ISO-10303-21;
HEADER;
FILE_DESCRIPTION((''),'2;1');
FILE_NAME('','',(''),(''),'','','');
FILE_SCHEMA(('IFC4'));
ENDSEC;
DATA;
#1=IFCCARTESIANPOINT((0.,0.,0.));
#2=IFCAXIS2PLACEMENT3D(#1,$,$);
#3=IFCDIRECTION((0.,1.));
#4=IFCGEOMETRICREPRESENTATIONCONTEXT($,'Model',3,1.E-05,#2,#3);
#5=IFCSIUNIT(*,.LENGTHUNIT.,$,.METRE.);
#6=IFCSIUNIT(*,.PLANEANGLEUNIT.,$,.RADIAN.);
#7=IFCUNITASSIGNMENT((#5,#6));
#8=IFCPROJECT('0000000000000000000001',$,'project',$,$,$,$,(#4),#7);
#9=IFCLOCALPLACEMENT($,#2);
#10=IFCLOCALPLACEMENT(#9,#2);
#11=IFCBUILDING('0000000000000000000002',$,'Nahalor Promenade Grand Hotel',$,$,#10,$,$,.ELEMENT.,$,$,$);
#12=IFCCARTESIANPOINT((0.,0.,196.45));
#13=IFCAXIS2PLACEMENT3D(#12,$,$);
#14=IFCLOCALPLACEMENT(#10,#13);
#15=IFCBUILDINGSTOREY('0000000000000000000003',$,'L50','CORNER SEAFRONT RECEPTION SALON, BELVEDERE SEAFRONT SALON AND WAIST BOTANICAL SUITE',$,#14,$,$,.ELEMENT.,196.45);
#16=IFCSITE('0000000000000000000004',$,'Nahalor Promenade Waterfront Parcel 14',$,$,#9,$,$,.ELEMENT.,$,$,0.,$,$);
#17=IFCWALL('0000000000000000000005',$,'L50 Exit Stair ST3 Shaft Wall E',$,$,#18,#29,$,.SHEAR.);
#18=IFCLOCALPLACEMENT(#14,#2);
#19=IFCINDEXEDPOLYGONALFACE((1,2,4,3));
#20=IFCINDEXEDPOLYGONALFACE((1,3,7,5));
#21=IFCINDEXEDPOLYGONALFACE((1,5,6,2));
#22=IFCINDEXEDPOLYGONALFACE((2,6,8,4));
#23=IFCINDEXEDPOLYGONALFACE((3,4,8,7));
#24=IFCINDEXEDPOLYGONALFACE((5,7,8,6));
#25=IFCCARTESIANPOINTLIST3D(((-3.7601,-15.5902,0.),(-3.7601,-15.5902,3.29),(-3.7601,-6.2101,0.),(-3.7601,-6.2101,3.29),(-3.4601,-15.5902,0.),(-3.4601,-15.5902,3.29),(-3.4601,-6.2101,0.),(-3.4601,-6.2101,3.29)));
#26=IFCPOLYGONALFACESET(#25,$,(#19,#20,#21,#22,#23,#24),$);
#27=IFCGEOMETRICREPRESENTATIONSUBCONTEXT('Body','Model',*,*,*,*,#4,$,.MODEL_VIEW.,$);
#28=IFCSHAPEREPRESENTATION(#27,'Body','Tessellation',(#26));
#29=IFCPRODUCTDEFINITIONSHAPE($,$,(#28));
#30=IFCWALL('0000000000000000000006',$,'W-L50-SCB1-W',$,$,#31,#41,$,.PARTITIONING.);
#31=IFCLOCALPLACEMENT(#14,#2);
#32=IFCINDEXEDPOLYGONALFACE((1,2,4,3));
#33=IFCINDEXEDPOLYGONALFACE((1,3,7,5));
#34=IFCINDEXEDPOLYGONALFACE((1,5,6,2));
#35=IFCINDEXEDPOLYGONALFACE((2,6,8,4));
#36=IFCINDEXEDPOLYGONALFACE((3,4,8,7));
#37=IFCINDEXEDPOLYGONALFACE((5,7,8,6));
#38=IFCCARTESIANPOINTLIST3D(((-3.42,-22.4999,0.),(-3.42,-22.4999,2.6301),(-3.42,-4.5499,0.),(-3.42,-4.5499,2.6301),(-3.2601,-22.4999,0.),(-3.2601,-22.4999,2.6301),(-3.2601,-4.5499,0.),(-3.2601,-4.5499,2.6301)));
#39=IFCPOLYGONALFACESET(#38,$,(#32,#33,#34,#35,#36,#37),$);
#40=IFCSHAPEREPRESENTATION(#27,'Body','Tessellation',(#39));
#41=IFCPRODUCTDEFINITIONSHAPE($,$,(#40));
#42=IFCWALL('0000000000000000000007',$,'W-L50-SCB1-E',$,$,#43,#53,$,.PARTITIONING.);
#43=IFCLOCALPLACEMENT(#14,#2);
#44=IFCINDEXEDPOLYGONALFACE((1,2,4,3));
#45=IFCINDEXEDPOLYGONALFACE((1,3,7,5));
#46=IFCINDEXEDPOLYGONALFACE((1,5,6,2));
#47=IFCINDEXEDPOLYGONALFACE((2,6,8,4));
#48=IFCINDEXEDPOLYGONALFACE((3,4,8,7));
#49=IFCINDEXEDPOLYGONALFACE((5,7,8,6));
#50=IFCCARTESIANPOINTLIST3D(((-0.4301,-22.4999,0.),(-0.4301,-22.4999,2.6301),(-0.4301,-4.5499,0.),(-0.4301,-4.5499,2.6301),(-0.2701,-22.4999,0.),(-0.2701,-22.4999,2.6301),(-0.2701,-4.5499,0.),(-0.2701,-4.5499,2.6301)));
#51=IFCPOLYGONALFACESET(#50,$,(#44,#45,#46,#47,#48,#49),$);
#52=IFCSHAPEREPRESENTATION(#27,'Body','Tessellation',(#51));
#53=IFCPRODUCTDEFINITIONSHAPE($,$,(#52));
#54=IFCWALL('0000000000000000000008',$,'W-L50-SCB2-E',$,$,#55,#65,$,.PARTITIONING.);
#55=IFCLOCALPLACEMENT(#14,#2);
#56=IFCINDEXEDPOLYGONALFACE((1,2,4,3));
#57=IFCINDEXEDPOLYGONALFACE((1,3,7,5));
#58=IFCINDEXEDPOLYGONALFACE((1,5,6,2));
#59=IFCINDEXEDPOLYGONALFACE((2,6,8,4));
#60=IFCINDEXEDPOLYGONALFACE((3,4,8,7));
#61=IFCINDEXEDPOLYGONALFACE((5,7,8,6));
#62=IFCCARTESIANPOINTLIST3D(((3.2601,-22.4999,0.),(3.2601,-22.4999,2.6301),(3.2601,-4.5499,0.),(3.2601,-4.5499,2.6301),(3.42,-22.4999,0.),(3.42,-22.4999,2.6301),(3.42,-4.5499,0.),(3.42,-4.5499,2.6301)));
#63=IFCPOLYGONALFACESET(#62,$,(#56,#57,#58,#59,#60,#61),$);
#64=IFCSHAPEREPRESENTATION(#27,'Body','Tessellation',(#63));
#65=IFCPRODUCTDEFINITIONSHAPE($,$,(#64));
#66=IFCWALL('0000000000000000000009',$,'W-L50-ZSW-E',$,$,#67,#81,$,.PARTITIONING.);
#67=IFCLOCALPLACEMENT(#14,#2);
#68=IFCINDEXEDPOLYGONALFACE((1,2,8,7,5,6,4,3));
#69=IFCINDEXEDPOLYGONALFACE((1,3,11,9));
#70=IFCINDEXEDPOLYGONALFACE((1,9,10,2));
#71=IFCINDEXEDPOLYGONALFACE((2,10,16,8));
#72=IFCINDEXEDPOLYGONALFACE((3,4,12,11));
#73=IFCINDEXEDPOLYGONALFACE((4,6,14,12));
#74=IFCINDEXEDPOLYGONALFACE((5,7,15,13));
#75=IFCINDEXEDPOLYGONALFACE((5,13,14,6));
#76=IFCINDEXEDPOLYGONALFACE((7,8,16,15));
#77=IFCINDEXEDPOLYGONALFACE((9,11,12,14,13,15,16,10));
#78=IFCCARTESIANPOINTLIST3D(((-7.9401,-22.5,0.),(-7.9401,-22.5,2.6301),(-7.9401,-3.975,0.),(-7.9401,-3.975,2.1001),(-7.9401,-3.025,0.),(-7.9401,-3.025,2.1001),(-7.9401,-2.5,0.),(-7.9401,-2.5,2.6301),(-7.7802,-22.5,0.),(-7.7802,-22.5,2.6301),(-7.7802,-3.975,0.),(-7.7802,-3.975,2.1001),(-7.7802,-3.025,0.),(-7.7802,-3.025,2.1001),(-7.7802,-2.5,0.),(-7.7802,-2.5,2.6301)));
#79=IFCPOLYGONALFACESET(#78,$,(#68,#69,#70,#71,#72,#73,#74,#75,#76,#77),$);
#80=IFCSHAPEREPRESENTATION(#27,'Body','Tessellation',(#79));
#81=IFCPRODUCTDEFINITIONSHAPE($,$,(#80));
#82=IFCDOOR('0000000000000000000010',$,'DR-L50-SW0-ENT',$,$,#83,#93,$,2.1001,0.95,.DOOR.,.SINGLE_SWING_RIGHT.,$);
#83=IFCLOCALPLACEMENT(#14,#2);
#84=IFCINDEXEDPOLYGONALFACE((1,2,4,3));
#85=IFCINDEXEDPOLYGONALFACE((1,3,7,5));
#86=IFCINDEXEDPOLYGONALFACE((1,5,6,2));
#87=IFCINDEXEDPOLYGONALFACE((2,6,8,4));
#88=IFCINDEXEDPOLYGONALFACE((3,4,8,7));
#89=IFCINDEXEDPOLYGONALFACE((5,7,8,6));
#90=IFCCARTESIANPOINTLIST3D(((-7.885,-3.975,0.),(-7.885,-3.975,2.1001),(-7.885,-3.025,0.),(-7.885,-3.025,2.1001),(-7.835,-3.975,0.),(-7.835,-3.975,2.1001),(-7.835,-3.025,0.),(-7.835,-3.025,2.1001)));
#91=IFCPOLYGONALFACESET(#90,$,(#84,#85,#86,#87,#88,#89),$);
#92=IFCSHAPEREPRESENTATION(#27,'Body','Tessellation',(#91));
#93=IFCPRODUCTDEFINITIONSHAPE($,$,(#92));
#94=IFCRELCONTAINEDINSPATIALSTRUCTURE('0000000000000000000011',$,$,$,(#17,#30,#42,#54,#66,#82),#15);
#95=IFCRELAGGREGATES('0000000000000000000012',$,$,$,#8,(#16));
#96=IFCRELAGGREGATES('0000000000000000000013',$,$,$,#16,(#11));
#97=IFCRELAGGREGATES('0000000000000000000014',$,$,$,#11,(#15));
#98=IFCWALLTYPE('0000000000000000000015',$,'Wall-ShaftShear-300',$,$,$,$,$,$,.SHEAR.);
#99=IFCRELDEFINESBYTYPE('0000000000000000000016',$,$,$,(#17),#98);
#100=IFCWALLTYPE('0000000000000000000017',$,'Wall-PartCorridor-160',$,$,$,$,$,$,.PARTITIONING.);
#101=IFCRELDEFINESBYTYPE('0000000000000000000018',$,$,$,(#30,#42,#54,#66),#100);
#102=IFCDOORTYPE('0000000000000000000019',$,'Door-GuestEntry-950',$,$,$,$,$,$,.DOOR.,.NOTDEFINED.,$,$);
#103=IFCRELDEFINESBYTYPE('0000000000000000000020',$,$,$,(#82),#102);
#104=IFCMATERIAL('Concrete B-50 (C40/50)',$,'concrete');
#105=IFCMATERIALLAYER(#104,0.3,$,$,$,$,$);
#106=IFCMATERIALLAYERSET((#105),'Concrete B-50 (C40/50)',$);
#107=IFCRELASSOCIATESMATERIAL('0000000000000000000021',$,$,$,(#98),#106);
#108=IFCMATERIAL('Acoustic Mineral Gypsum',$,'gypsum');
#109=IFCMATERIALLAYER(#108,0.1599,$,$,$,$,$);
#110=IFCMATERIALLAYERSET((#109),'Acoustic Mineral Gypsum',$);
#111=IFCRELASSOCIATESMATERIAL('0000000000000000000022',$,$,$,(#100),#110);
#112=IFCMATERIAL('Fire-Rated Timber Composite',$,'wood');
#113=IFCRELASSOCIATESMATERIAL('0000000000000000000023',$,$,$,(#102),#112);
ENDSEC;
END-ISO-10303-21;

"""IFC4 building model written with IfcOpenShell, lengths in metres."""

from ifc_helpers import new_model, si_unit, direction, frame, frame_2d, origin, place, context, subcontext, project, spatial, rectangle, extrude, source, transform, mapped, material, layer, layer_set, type_object, element, fill, save


model = new_model("IFC4")

# Units and contexts
model_context = context("Model", 3, precision=1e-05, world=origin(), true_north=direction((0.0, 1.0)))
body_context = subcontext(model_context, "Body", "Model", "MODEL_VIEW")
ifc_project = project(units=[si_unit("LENGTHUNIT", "METRE"), si_unit("PLANEANGLEUNIT", "RADIAN")], contexts=[model_context])

# Site, building, storey
site_placement = place(None, origin())
site = spatial("IfcSite", under=ifc_project, at=site_placement, Name="Nahalor Promenade Waterfront Parcel 14", CompositionType="ELEMENT", RefElevation=0.0)
building_placement = place(site_placement, origin())
building = spatial("IfcBuilding", under=site, at=building_placement, Name="Nahalor Promenade Grand Hotel", CompositionType="ELEMENT")
storey_placement = place(building_placement, frame((0.0, 0.0, 196.45)))
storey = spatial("IfcBuildingStorey", under=building, at=storey_placement, Name="L50", Description="CORNER SEAFRONT RECEPTION SALON, BELVEDERE SEAFRONT SALON AND WAIST BOTANICAL SUITE", CompositionType="ELEMENT", Elevation=196.45)

# Walls
ifc_material_1 = material(Name="Concrete B-50 (C40/50)", Category="concrete")
ifc_layer_1 = layer(ifc_material_1, 0.3)
ifc_layer_set_1 = layer_set([ifc_layer_1], Name="Concrete B-50 (C40/50)")
wall_type_1 = type_object("IfcWallType", Name="Wall-ShaftShear-300", PredefinedType="SHEAR", material=ifc_layer_set_1)
shared_shape_1 = source(origin(), body_context, "Body", "SweptSolid", [
    extrude(rectangle(XDim=9.3801, YDim=0.3, at=frame_2d((4.6899, 0.0))), origin(), (0.0, 0.0, 1.0), 3.29),
])
for number, where, z_axis, x_axis, name in (
    (1, (-3.6101, -15.5901, 0.0), (0.0, 0.0, 1.0), (0.0, 1.0, 0.0), "L50 Exit Stair ST3 Shaft Wall E"),
):
    element("IfcWall", number, at=place(storey_placement, frame(where, z_axis=z_axis, x_axis=x_axis)), inside=storey, type_object=wall_type_1, Name=name, PredefinedType="SHEAR", context=body_context, shape_type="MappedRepresentation", body=[
        mapped(shared_shape_1, transform((0.0, 0.0, 0.0), scale=1.0)),
    ])
ifc_material_2 = material(Name="Acoustic Mineral Gypsum", Category="gypsum")
ifc_layer_2 = layer(ifc_material_2, 0.1599)
ifc_layer_set_2 = layer_set([ifc_layer_2], Name="Acoustic Mineral Gypsum")
wall_type_2 = type_object("IfcWallType", Name="Wall-PartCorridor-160", PredefinedType="PARTITIONING", material=ifc_layer_set_2)
shared_shape_2 = source(origin(), body_context, "Body", "SweptSolid", [
    extrude(rectangle(XDim=17.95, YDim=0.1599, at=frame_2d((8.9751, 0.0))), origin(), (0.0, 0.0, 1.0), 2.6301),
])
for number, where, z_axis, x_axis, name in (
    (2, (-3.3401, -22.5, 0.0), (0.0, 0.0, 1.0), (0.0, 1.0, 0.0), "W-L50-SCB1-W"),
    (3, (-0.3501, -22.5, 0.0), (0.0, 0.0, 1.0), (0.0, 1.0, 0.0), "W-L50-SCB1-E"),
    (4, (3.3401, -22.5, 0.0), (0.0, 0.0, 1.0), (0.0, 1.0, 0.0), "W-L50-SCB2-E"),
):
    element("IfcWall", number, at=place(storey_placement, frame(where, z_axis=z_axis, x_axis=x_axis)), inside=storey, type_object=wall_type_2, Name=name, PredefinedType="PARTITIONING", context=body_context, shape_type="MappedRepresentation", body=[
        mapped(shared_shape_2, transform((0.0, 0.0, 0.0), scale=1.0)),
    ])

# Wall, opening, door
shared_shape_3 = source(origin(), body_context, "Body", "SweptSolid", [
    extrude(rectangle(XDim=20.0, YDim=0.1599, at=frame_2d((10.0, 0.0))), origin(), (0.0, 0.0, 1.0), 2.6301),
])
wall_placement = place(storey_placement, frame((-7.8601, -22.5, 0.0), z_axis=(0.0, 0.0, 1.0), x_axis=(0.0, 1.0, 0.0)))
wall = element("IfcWall", 5, at=wall_placement, inside=storey, type_object=wall_type_2, Name="W-L50-ZSW-E", PredefinedType="PARTITIONING", context=body_context, shape_type="MappedRepresentation", body=[
    mapped(shared_shape_3, transform((0.0, 0.0, 0.0), scale=1.0)),
])
opening_placement = place(wall_placement, frame((18.5249, 0.0, 0.0)))
opening = element("IfcOpeningElement", 6, at=opening_placement, cuts=wall, PredefinedType="OPENING", context=body_context, shape_type="SweptSolid", body=[
    extrude(rectangle(XDim=0.95, YDim=2.1001, at=frame_2d((0.4751, 1.05))), frame((0.0, 0.0898, 0.0), z_axis=(0.0, -1.0, 0.0), x_axis=(1.0, 0.0, 0.0)), (0.0, 0.0, 1.0), 0.1799),
])
ifc_material_3 = material(Name="Fire-Rated Timber Composite", Category="wood")
door_type = type_object("IfcDoorType", Name="Door-GuestEntry-950", OperationType="NOTDEFINED", PredefinedType="DOOR", material=ifc_material_3)
shared_shape_4 = source(origin(), body_context, "Body", "SweptSolid", [
    extrude(rectangle(XDim=0.95, YDim=2.1001, at=frame_2d((0.4751, 1.05))), frame((0.0, 0.0249, 0.0), z_axis=(0.0, -1.0, 0.0), x_axis=(1.0, 0.0, 0.0)), (0.0, 0.0, 1.0), 0.05),
])
door_placement = place(opening_placement, origin())
door = element("IfcDoor", 7, at=door_placement, inside=storey, type_object=door_type, Name="DR-L50-SW0-ENT", OperationType="SINGLE_SWING_RIGHT", OverallHeight=2.1001, OverallWidth=0.95, PredefinedType="DOOR", context=body_context, shape_type="MappedRepresentation", body=[
    mapped(shared_shape_4, transform((0.0, 0.0, 0.0), scale=1.0)),
])
fill(opening, door)

save(model, "model.ifc")
